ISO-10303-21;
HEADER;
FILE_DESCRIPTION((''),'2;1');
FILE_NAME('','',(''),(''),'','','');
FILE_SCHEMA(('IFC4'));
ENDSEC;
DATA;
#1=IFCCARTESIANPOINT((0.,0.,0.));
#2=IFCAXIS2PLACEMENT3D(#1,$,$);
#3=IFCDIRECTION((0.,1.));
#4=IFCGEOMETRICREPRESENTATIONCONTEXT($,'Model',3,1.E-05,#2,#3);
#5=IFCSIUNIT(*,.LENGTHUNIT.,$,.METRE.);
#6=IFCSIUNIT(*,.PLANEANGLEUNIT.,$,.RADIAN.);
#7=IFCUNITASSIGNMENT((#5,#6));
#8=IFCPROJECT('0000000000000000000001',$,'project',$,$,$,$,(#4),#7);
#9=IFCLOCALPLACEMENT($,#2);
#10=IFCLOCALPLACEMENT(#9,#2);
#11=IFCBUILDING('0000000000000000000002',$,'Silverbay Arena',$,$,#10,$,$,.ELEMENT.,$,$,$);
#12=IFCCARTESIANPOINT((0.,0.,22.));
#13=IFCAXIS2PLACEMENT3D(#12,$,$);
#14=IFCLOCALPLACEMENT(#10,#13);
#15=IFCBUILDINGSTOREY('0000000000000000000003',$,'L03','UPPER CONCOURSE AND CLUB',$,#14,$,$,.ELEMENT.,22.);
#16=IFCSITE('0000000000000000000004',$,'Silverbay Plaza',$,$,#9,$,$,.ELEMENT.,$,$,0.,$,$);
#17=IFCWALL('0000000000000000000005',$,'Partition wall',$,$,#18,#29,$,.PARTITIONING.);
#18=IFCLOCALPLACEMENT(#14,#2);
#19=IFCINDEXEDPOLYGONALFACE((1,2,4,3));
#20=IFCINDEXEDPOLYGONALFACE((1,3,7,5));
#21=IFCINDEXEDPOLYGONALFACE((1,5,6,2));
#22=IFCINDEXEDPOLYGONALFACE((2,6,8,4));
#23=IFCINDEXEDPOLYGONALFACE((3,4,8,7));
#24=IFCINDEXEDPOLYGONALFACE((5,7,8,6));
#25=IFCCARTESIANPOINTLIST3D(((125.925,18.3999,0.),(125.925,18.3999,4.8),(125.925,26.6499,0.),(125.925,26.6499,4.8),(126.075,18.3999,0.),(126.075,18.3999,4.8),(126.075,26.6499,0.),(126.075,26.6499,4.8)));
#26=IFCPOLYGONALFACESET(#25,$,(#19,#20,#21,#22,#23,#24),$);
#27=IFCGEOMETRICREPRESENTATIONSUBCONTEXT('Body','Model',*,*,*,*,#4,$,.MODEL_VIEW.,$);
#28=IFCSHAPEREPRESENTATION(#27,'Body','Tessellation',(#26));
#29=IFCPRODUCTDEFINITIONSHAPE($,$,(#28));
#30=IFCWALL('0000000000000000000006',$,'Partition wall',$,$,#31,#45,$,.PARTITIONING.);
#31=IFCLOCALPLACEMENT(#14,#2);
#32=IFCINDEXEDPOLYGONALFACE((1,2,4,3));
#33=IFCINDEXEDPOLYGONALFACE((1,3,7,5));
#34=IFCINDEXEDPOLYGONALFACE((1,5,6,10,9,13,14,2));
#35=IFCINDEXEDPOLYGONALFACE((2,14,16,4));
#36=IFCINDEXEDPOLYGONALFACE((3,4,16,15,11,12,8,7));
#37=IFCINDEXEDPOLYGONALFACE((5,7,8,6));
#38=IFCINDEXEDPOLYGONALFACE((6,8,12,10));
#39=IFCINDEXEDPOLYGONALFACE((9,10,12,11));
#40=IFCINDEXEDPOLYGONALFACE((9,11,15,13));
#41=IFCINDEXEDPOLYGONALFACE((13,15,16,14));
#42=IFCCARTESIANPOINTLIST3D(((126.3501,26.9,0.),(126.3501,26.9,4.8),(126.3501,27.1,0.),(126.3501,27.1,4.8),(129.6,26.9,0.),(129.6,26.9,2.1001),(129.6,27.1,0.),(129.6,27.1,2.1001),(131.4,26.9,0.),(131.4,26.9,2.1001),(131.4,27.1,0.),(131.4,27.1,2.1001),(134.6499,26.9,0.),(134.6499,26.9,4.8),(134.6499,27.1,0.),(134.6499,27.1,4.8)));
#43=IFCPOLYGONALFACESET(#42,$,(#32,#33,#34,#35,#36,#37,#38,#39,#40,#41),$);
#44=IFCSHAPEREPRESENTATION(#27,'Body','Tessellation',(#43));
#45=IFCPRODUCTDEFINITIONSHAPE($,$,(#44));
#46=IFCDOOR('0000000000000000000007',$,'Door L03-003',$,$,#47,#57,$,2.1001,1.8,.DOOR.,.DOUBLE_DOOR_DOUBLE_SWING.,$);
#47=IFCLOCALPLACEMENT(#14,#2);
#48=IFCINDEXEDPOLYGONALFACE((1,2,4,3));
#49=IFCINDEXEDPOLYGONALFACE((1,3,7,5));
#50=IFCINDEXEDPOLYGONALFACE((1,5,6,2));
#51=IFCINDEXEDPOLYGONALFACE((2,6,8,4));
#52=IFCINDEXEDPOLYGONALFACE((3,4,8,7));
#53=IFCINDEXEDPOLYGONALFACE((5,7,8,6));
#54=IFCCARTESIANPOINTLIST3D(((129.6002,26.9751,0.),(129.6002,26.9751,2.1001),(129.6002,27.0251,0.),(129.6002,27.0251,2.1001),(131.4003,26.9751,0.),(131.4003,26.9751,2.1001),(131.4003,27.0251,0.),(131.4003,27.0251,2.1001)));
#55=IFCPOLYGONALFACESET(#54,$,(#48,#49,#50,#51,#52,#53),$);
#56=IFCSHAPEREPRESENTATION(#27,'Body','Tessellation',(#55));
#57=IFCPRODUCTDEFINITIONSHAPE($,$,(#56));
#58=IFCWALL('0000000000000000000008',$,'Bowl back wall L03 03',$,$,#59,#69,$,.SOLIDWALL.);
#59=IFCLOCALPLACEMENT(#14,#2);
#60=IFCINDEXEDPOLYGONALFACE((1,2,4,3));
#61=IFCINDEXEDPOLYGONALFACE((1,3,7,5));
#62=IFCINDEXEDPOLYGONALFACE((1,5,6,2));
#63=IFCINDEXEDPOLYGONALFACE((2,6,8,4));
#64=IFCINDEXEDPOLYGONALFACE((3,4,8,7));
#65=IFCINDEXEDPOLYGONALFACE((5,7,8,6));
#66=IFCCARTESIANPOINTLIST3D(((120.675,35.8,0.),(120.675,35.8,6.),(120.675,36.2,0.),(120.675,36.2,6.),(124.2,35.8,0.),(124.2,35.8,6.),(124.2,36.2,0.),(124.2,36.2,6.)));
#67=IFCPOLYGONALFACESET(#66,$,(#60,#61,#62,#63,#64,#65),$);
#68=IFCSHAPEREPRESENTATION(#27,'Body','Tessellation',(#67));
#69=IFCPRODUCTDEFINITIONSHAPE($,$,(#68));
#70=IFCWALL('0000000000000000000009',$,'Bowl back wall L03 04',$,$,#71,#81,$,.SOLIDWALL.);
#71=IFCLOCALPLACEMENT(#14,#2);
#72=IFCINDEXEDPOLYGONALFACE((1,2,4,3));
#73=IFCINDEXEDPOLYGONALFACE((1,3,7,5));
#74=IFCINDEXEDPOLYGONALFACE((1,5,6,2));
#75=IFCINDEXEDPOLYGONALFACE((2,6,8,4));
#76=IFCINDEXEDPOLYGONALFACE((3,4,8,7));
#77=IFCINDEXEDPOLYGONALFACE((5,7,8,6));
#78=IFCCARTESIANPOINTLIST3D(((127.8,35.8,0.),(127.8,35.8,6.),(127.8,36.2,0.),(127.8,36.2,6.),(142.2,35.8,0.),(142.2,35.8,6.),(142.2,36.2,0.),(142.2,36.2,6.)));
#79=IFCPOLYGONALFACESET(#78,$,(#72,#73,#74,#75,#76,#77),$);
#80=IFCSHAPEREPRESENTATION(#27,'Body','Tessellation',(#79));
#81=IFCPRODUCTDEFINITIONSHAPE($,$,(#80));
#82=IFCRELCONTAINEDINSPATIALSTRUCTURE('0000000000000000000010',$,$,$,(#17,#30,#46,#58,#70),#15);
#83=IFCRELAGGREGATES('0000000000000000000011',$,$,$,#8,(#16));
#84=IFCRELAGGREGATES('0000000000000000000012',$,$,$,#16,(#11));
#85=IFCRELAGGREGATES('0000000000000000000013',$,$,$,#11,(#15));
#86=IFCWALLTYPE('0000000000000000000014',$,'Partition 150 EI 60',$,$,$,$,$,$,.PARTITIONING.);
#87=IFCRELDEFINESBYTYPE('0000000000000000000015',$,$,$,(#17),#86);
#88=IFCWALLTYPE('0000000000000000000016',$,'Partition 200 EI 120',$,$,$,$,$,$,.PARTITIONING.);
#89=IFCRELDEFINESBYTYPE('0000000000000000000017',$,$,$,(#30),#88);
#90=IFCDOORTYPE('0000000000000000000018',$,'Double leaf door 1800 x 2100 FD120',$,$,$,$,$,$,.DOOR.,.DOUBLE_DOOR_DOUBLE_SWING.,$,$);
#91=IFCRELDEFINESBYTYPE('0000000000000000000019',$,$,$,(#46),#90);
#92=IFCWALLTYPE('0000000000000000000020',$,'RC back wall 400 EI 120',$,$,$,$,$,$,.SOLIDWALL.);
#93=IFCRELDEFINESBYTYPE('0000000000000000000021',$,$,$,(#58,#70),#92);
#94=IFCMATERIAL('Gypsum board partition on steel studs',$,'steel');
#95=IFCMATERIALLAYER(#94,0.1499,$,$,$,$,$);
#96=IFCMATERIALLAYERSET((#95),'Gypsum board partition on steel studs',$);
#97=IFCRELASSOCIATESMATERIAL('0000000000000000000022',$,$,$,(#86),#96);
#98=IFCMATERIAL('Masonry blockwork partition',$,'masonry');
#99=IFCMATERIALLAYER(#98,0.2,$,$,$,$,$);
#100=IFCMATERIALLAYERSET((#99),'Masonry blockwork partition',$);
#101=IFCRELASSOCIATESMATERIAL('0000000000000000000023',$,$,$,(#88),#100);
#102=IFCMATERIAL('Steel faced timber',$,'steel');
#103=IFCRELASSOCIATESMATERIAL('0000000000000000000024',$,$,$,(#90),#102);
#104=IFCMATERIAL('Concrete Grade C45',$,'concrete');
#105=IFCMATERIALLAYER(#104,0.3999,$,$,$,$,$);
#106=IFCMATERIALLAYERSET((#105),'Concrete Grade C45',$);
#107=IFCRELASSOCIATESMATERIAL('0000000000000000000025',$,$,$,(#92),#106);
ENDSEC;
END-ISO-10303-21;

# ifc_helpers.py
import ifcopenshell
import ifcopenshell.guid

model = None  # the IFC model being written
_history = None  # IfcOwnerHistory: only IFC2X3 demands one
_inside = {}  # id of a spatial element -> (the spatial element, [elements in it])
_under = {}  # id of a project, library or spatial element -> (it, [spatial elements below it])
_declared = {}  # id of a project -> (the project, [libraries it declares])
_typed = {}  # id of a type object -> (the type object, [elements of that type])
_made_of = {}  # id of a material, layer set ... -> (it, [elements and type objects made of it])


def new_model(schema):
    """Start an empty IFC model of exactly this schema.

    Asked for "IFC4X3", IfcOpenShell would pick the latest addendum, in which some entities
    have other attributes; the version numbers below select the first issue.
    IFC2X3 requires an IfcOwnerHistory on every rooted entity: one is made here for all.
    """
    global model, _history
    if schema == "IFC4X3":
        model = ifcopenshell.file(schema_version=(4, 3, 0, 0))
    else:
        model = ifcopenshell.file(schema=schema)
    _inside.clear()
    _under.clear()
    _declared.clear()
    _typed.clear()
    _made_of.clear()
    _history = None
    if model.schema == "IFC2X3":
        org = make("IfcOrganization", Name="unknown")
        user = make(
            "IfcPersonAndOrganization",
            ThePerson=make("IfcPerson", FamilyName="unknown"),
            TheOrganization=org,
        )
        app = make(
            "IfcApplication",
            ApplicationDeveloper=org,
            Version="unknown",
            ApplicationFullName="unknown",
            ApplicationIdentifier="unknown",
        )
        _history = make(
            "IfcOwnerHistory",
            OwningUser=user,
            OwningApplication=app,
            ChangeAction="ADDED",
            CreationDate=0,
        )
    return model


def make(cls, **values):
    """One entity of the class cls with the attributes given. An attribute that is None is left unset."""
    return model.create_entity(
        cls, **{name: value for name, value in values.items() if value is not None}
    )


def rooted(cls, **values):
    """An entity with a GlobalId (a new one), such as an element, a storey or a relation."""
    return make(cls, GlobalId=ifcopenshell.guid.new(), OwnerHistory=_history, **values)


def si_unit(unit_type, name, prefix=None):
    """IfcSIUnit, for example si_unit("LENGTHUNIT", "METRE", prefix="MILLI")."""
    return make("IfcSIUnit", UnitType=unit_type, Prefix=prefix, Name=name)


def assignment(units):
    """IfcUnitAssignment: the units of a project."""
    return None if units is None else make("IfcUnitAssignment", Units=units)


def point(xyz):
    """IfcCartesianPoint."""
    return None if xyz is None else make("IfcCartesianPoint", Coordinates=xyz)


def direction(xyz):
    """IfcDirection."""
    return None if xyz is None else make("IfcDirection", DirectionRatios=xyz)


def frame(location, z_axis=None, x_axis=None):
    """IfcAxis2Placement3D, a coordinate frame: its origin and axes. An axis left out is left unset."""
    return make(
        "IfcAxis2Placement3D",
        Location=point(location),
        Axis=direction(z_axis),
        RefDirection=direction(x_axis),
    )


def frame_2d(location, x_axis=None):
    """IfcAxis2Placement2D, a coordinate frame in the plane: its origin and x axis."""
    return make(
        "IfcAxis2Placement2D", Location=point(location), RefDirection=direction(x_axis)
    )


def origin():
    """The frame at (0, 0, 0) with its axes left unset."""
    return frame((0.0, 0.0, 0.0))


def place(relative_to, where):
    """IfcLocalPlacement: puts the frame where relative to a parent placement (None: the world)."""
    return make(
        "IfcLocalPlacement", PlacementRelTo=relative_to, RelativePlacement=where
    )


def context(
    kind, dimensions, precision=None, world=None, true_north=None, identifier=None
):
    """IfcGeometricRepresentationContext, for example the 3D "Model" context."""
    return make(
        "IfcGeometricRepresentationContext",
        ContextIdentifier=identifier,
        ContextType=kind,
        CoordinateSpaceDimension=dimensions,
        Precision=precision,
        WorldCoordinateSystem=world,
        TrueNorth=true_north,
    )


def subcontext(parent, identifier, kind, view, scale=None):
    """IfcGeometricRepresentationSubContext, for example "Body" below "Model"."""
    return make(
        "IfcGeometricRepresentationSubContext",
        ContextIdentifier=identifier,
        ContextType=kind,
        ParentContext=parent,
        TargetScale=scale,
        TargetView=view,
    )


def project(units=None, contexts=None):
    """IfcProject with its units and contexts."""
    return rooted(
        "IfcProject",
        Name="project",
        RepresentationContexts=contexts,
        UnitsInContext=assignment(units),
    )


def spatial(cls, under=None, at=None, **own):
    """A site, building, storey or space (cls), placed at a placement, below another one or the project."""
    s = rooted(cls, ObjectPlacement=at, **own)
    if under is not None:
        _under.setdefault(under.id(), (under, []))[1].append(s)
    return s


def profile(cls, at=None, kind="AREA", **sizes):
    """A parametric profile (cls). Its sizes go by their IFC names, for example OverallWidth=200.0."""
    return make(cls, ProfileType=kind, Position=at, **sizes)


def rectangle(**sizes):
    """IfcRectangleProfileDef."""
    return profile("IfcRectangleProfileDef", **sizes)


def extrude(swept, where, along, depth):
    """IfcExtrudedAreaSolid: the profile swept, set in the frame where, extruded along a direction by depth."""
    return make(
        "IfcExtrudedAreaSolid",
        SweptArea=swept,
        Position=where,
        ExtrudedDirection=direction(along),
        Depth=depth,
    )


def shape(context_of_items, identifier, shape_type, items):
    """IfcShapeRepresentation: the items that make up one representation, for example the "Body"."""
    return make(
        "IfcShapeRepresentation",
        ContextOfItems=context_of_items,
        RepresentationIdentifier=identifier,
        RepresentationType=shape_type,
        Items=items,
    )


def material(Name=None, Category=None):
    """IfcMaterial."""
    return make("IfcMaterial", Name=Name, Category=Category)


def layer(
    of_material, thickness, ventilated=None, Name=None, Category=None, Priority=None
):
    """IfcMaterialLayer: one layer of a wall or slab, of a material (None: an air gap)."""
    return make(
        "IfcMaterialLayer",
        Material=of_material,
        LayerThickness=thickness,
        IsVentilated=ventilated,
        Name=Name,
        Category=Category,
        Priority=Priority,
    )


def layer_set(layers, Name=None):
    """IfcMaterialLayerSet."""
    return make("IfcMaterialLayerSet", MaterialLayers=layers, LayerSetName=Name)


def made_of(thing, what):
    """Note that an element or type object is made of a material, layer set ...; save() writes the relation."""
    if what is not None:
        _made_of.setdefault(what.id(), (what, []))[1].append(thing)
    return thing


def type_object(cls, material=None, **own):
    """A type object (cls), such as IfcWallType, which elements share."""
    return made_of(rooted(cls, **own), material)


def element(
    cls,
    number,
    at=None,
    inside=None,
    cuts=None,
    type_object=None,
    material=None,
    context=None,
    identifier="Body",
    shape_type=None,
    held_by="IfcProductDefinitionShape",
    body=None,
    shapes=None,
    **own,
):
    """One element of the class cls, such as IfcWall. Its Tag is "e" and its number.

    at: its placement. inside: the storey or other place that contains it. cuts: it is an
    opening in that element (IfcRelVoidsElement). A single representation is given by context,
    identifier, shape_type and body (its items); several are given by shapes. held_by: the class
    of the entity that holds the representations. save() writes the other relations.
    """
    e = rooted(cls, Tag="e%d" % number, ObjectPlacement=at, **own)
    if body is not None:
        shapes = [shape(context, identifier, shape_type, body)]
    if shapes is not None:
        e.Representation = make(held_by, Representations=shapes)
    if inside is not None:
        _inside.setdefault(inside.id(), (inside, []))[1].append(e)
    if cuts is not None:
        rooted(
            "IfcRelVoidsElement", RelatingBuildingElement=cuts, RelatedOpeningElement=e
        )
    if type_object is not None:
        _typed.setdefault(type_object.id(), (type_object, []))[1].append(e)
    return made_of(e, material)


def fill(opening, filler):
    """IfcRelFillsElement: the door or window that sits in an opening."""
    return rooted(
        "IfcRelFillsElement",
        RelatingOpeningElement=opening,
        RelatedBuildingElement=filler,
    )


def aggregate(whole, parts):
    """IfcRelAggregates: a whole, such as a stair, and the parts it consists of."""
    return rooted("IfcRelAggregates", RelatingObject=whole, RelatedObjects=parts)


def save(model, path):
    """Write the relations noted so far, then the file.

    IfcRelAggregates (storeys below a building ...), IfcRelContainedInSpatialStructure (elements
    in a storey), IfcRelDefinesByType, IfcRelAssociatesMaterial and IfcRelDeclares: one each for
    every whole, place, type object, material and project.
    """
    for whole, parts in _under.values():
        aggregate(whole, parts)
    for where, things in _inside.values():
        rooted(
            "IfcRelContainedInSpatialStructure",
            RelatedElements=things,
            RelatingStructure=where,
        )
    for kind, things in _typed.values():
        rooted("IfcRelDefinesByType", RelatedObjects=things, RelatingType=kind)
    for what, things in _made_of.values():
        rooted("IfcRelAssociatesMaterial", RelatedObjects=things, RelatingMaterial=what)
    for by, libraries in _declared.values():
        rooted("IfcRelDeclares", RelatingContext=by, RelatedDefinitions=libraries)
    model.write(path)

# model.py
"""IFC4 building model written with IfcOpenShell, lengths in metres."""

from ifc_helpers import new_model, si_unit, direction, frame, frame_2d, origin, place, context, subcontext, project, spatial, rectangle, extrude, material, layer, layer_set, type_object, element, fill, save


model = new_model("IFC4")

# Units and contexts
model_context = context("Model", 3, precision=1e-05, world=origin(), true_north=direction((0.0, 1.0)))
body_context = subcontext(model_context, "Body", "Model", "MODEL_VIEW")
ifc_project = project(units=[si_unit("LENGTHUNIT", "METRE"), si_unit("PLANEANGLEUNIT", "RADIAN")], contexts=[model_context])

# Site, building, storey
site_placement = place(None, origin())
site = spatial("IfcSite", under=ifc_project, at=site_placement, Name="Silverbay Plaza", CompositionType="ELEMENT", RefElevation=0.0)
building_placement = place(site_placement, origin())
building = spatial("IfcBuilding", under=site, at=building_placement, Name="Silverbay Arena", CompositionType="ELEMENT")
storey_placement = place(building_placement, frame((0.0, 0.0, 22.0)))
storey = spatial("IfcBuildingStorey", under=building, at=storey_placement, Name="L03", Description="UPPER CONCOURSE AND CLUB", CompositionType="ELEMENT", Elevation=22.0)

# Wall
ifc_material_1 = material(Name="Gypsum board partition on steel studs", Category="steel")
ifc_layer_1 = layer(ifc_material_1, 0.1499)
ifc_layer_set_1 = layer_set([ifc_layer_1], Name="Gypsum board partition on steel studs")
wall_type_1 = type_object("IfcWallType", Name="Partition 150 EI 60", PredefinedType="PARTITIONING", material=ifc_layer_set_1)
wall_1_placement = place(storey_placement, frame((126.0, 18.3999, 0.0), z_axis=(0.0, 0.0, 1.0), x_axis=(0.0, 1.0, 0.0)))
element("IfcWall", 1, at=wall_1_placement, inside=storey, type_object=wall_type_1, Name="Partition wall", PredefinedType="PARTITIONING", context=body_context, shape_type="SweptSolid", body=[
    extrude(rectangle(XDim=8.25, YDim=0.1499, at=frame_2d((4.125, 0.0))), origin(), (0.0, 0.0, 1.0), 4.8),
])

# Wall, opening, door
ifc_material_2 = material(Name="Masonry blockwork partition", Category="masonry")
ifc_layer_2 = layer(ifc_material_2, 0.2)
ifc_layer_set_2 = layer_set([ifc_layer_2], Name="Masonry blockwork partition")
wall_type_2 = type_object("IfcWallType", Name="Partition 200 EI 120", PredefinedType="PARTITIONING", material=ifc_layer_set_2)
wall_2_placement = place(storey_placement, frame((126.3501, 27.0, 0.0), z_axis=(0.0, 0.0, 1.0), x_axis=(1.0, 0.0, 0.0)))
wall_2 = element("IfcWall", 2, at=wall_2_placement, inside=storey, type_object=wall_type_2, Name="Partition wall", PredefinedType="PARTITIONING", context=body_context, shape_type="SweptSolid", body=[
    extrude(rectangle(XDim=8.2998, YDim=0.2, at=frame_2d((4.1499, 0.0))), origin(), (0.0, 0.0, 1.0), 4.8),
])
opening_1_placement = place(wall_2_placement, frame((3.25, 0.0, 0.0)))
opening_1 = element("IfcOpeningElement", 3, at=opening_1_placement, cuts=wall_2, PredefinedType="OPENING", context=body_context, shape_type="SweptSolid", body=[
    extrude(rectangle(XDim=1.8, YDim=2.1001, at=frame_2d((0.8999, 1.05))), frame((0.0, 0.1099, 0.0), z_axis=(0.0, -1.0, 0.0), x_axis=(1.0, 0.0, 0.0)), (0.0, 0.0, 1.0), 0.22),
])
ifc_material_3 = material(Name="Steel faced timber", Category="steel")
door_type_1 = type_object("IfcDoorType", Name="Double leaf door 1800 x 2100 FD120", OperationType="DOUBLE_DOOR_DOUBLE_SWING", PredefinedType="DOOR", material=ifc_material_3)
door_1_placement = place(opening_1_placement, frame((1.8, 0.0, 0.0), z_axis=(0.0, 0.0, 1.0), x_axis=(-1.0, 0.0, 0.0)))
door_1 = element("IfcDoor", 4, at=door_1_placement, inside=storey, type_object=door_type_1, Name="Door L03-003", OperationType="DOUBLE_DOOR_DOUBLE_SWING", OverallHeight=2.1001, OverallWidth=1.8, PredefinedType="DOOR", context=body_context, shape_type="SweptSolid", body=[
    extrude(rectangle(XDim=1.8, YDim=2.1001, at=frame_2d((0.8999, 1.05))), frame((0.0, 0.0249, 0.0), z_axis=(0.0, -1.0, 0.0), x_axis=(1.0, 0.0, 0.0)), (0.0, 0.0, 1.0), 0.05),
])
fill(opening_1, door_1)

# Walls
ifc_material_4 = material(Name="Concrete Grade C45", Category="concrete")
ifc_layer_3 = layer(ifc_material_4, 0.3999)
ifc_layer_set_3 = layer_set([ifc_layer_3], Name="Concrete Grade C45")
wall_type_3 = type_object("IfcWallType", Name="RC back wall 400 EI 120", PredefinedType="SOLIDWALL", material=ifc_layer_set_3)
wall_3_placement = place(storey_placement, frame((120.675, 36.0, 0.0), z_axis=(0.0, 0.0, 1.0), x_axis=(1.0, 0.0, 0.0)))
element("IfcWall", 5, at=wall_3_placement, inside=storey, type_object=wall_type_3, Name="Bowl back wall L03 03", PredefinedType="SOLIDWALL", context=body_context, shape_type="SweptSolid", body=[
    extrude(rectangle(XDim=3.5249, YDim=0.3999, at=frame_2d((1.7625, 0.0))), origin(), (0.0, 0.0, 1.0), 6.0),
])
wall_4_placement = place(storey_placement, frame((127.8, 36.0, 0.0), z_axis=(0.0, 0.0, 1.0), x_axis=(1.0, 0.0, 0.0)))
element("IfcWall", 6, at=wall_4_placement, inside=storey, type_object=wall_type_3, Name="Bowl back wall L03 04", PredefinedType="SOLIDWALL", context=body_context, shape_type="SweptSolid", body=[
    extrude(rectangle(XDim=14.3999, YDim=0.3999, at=frame_2d((7.2, 0.0))), origin(), (0.0, 0.0, 1.0), 6.0),
])

save(model, "model.ifc")
